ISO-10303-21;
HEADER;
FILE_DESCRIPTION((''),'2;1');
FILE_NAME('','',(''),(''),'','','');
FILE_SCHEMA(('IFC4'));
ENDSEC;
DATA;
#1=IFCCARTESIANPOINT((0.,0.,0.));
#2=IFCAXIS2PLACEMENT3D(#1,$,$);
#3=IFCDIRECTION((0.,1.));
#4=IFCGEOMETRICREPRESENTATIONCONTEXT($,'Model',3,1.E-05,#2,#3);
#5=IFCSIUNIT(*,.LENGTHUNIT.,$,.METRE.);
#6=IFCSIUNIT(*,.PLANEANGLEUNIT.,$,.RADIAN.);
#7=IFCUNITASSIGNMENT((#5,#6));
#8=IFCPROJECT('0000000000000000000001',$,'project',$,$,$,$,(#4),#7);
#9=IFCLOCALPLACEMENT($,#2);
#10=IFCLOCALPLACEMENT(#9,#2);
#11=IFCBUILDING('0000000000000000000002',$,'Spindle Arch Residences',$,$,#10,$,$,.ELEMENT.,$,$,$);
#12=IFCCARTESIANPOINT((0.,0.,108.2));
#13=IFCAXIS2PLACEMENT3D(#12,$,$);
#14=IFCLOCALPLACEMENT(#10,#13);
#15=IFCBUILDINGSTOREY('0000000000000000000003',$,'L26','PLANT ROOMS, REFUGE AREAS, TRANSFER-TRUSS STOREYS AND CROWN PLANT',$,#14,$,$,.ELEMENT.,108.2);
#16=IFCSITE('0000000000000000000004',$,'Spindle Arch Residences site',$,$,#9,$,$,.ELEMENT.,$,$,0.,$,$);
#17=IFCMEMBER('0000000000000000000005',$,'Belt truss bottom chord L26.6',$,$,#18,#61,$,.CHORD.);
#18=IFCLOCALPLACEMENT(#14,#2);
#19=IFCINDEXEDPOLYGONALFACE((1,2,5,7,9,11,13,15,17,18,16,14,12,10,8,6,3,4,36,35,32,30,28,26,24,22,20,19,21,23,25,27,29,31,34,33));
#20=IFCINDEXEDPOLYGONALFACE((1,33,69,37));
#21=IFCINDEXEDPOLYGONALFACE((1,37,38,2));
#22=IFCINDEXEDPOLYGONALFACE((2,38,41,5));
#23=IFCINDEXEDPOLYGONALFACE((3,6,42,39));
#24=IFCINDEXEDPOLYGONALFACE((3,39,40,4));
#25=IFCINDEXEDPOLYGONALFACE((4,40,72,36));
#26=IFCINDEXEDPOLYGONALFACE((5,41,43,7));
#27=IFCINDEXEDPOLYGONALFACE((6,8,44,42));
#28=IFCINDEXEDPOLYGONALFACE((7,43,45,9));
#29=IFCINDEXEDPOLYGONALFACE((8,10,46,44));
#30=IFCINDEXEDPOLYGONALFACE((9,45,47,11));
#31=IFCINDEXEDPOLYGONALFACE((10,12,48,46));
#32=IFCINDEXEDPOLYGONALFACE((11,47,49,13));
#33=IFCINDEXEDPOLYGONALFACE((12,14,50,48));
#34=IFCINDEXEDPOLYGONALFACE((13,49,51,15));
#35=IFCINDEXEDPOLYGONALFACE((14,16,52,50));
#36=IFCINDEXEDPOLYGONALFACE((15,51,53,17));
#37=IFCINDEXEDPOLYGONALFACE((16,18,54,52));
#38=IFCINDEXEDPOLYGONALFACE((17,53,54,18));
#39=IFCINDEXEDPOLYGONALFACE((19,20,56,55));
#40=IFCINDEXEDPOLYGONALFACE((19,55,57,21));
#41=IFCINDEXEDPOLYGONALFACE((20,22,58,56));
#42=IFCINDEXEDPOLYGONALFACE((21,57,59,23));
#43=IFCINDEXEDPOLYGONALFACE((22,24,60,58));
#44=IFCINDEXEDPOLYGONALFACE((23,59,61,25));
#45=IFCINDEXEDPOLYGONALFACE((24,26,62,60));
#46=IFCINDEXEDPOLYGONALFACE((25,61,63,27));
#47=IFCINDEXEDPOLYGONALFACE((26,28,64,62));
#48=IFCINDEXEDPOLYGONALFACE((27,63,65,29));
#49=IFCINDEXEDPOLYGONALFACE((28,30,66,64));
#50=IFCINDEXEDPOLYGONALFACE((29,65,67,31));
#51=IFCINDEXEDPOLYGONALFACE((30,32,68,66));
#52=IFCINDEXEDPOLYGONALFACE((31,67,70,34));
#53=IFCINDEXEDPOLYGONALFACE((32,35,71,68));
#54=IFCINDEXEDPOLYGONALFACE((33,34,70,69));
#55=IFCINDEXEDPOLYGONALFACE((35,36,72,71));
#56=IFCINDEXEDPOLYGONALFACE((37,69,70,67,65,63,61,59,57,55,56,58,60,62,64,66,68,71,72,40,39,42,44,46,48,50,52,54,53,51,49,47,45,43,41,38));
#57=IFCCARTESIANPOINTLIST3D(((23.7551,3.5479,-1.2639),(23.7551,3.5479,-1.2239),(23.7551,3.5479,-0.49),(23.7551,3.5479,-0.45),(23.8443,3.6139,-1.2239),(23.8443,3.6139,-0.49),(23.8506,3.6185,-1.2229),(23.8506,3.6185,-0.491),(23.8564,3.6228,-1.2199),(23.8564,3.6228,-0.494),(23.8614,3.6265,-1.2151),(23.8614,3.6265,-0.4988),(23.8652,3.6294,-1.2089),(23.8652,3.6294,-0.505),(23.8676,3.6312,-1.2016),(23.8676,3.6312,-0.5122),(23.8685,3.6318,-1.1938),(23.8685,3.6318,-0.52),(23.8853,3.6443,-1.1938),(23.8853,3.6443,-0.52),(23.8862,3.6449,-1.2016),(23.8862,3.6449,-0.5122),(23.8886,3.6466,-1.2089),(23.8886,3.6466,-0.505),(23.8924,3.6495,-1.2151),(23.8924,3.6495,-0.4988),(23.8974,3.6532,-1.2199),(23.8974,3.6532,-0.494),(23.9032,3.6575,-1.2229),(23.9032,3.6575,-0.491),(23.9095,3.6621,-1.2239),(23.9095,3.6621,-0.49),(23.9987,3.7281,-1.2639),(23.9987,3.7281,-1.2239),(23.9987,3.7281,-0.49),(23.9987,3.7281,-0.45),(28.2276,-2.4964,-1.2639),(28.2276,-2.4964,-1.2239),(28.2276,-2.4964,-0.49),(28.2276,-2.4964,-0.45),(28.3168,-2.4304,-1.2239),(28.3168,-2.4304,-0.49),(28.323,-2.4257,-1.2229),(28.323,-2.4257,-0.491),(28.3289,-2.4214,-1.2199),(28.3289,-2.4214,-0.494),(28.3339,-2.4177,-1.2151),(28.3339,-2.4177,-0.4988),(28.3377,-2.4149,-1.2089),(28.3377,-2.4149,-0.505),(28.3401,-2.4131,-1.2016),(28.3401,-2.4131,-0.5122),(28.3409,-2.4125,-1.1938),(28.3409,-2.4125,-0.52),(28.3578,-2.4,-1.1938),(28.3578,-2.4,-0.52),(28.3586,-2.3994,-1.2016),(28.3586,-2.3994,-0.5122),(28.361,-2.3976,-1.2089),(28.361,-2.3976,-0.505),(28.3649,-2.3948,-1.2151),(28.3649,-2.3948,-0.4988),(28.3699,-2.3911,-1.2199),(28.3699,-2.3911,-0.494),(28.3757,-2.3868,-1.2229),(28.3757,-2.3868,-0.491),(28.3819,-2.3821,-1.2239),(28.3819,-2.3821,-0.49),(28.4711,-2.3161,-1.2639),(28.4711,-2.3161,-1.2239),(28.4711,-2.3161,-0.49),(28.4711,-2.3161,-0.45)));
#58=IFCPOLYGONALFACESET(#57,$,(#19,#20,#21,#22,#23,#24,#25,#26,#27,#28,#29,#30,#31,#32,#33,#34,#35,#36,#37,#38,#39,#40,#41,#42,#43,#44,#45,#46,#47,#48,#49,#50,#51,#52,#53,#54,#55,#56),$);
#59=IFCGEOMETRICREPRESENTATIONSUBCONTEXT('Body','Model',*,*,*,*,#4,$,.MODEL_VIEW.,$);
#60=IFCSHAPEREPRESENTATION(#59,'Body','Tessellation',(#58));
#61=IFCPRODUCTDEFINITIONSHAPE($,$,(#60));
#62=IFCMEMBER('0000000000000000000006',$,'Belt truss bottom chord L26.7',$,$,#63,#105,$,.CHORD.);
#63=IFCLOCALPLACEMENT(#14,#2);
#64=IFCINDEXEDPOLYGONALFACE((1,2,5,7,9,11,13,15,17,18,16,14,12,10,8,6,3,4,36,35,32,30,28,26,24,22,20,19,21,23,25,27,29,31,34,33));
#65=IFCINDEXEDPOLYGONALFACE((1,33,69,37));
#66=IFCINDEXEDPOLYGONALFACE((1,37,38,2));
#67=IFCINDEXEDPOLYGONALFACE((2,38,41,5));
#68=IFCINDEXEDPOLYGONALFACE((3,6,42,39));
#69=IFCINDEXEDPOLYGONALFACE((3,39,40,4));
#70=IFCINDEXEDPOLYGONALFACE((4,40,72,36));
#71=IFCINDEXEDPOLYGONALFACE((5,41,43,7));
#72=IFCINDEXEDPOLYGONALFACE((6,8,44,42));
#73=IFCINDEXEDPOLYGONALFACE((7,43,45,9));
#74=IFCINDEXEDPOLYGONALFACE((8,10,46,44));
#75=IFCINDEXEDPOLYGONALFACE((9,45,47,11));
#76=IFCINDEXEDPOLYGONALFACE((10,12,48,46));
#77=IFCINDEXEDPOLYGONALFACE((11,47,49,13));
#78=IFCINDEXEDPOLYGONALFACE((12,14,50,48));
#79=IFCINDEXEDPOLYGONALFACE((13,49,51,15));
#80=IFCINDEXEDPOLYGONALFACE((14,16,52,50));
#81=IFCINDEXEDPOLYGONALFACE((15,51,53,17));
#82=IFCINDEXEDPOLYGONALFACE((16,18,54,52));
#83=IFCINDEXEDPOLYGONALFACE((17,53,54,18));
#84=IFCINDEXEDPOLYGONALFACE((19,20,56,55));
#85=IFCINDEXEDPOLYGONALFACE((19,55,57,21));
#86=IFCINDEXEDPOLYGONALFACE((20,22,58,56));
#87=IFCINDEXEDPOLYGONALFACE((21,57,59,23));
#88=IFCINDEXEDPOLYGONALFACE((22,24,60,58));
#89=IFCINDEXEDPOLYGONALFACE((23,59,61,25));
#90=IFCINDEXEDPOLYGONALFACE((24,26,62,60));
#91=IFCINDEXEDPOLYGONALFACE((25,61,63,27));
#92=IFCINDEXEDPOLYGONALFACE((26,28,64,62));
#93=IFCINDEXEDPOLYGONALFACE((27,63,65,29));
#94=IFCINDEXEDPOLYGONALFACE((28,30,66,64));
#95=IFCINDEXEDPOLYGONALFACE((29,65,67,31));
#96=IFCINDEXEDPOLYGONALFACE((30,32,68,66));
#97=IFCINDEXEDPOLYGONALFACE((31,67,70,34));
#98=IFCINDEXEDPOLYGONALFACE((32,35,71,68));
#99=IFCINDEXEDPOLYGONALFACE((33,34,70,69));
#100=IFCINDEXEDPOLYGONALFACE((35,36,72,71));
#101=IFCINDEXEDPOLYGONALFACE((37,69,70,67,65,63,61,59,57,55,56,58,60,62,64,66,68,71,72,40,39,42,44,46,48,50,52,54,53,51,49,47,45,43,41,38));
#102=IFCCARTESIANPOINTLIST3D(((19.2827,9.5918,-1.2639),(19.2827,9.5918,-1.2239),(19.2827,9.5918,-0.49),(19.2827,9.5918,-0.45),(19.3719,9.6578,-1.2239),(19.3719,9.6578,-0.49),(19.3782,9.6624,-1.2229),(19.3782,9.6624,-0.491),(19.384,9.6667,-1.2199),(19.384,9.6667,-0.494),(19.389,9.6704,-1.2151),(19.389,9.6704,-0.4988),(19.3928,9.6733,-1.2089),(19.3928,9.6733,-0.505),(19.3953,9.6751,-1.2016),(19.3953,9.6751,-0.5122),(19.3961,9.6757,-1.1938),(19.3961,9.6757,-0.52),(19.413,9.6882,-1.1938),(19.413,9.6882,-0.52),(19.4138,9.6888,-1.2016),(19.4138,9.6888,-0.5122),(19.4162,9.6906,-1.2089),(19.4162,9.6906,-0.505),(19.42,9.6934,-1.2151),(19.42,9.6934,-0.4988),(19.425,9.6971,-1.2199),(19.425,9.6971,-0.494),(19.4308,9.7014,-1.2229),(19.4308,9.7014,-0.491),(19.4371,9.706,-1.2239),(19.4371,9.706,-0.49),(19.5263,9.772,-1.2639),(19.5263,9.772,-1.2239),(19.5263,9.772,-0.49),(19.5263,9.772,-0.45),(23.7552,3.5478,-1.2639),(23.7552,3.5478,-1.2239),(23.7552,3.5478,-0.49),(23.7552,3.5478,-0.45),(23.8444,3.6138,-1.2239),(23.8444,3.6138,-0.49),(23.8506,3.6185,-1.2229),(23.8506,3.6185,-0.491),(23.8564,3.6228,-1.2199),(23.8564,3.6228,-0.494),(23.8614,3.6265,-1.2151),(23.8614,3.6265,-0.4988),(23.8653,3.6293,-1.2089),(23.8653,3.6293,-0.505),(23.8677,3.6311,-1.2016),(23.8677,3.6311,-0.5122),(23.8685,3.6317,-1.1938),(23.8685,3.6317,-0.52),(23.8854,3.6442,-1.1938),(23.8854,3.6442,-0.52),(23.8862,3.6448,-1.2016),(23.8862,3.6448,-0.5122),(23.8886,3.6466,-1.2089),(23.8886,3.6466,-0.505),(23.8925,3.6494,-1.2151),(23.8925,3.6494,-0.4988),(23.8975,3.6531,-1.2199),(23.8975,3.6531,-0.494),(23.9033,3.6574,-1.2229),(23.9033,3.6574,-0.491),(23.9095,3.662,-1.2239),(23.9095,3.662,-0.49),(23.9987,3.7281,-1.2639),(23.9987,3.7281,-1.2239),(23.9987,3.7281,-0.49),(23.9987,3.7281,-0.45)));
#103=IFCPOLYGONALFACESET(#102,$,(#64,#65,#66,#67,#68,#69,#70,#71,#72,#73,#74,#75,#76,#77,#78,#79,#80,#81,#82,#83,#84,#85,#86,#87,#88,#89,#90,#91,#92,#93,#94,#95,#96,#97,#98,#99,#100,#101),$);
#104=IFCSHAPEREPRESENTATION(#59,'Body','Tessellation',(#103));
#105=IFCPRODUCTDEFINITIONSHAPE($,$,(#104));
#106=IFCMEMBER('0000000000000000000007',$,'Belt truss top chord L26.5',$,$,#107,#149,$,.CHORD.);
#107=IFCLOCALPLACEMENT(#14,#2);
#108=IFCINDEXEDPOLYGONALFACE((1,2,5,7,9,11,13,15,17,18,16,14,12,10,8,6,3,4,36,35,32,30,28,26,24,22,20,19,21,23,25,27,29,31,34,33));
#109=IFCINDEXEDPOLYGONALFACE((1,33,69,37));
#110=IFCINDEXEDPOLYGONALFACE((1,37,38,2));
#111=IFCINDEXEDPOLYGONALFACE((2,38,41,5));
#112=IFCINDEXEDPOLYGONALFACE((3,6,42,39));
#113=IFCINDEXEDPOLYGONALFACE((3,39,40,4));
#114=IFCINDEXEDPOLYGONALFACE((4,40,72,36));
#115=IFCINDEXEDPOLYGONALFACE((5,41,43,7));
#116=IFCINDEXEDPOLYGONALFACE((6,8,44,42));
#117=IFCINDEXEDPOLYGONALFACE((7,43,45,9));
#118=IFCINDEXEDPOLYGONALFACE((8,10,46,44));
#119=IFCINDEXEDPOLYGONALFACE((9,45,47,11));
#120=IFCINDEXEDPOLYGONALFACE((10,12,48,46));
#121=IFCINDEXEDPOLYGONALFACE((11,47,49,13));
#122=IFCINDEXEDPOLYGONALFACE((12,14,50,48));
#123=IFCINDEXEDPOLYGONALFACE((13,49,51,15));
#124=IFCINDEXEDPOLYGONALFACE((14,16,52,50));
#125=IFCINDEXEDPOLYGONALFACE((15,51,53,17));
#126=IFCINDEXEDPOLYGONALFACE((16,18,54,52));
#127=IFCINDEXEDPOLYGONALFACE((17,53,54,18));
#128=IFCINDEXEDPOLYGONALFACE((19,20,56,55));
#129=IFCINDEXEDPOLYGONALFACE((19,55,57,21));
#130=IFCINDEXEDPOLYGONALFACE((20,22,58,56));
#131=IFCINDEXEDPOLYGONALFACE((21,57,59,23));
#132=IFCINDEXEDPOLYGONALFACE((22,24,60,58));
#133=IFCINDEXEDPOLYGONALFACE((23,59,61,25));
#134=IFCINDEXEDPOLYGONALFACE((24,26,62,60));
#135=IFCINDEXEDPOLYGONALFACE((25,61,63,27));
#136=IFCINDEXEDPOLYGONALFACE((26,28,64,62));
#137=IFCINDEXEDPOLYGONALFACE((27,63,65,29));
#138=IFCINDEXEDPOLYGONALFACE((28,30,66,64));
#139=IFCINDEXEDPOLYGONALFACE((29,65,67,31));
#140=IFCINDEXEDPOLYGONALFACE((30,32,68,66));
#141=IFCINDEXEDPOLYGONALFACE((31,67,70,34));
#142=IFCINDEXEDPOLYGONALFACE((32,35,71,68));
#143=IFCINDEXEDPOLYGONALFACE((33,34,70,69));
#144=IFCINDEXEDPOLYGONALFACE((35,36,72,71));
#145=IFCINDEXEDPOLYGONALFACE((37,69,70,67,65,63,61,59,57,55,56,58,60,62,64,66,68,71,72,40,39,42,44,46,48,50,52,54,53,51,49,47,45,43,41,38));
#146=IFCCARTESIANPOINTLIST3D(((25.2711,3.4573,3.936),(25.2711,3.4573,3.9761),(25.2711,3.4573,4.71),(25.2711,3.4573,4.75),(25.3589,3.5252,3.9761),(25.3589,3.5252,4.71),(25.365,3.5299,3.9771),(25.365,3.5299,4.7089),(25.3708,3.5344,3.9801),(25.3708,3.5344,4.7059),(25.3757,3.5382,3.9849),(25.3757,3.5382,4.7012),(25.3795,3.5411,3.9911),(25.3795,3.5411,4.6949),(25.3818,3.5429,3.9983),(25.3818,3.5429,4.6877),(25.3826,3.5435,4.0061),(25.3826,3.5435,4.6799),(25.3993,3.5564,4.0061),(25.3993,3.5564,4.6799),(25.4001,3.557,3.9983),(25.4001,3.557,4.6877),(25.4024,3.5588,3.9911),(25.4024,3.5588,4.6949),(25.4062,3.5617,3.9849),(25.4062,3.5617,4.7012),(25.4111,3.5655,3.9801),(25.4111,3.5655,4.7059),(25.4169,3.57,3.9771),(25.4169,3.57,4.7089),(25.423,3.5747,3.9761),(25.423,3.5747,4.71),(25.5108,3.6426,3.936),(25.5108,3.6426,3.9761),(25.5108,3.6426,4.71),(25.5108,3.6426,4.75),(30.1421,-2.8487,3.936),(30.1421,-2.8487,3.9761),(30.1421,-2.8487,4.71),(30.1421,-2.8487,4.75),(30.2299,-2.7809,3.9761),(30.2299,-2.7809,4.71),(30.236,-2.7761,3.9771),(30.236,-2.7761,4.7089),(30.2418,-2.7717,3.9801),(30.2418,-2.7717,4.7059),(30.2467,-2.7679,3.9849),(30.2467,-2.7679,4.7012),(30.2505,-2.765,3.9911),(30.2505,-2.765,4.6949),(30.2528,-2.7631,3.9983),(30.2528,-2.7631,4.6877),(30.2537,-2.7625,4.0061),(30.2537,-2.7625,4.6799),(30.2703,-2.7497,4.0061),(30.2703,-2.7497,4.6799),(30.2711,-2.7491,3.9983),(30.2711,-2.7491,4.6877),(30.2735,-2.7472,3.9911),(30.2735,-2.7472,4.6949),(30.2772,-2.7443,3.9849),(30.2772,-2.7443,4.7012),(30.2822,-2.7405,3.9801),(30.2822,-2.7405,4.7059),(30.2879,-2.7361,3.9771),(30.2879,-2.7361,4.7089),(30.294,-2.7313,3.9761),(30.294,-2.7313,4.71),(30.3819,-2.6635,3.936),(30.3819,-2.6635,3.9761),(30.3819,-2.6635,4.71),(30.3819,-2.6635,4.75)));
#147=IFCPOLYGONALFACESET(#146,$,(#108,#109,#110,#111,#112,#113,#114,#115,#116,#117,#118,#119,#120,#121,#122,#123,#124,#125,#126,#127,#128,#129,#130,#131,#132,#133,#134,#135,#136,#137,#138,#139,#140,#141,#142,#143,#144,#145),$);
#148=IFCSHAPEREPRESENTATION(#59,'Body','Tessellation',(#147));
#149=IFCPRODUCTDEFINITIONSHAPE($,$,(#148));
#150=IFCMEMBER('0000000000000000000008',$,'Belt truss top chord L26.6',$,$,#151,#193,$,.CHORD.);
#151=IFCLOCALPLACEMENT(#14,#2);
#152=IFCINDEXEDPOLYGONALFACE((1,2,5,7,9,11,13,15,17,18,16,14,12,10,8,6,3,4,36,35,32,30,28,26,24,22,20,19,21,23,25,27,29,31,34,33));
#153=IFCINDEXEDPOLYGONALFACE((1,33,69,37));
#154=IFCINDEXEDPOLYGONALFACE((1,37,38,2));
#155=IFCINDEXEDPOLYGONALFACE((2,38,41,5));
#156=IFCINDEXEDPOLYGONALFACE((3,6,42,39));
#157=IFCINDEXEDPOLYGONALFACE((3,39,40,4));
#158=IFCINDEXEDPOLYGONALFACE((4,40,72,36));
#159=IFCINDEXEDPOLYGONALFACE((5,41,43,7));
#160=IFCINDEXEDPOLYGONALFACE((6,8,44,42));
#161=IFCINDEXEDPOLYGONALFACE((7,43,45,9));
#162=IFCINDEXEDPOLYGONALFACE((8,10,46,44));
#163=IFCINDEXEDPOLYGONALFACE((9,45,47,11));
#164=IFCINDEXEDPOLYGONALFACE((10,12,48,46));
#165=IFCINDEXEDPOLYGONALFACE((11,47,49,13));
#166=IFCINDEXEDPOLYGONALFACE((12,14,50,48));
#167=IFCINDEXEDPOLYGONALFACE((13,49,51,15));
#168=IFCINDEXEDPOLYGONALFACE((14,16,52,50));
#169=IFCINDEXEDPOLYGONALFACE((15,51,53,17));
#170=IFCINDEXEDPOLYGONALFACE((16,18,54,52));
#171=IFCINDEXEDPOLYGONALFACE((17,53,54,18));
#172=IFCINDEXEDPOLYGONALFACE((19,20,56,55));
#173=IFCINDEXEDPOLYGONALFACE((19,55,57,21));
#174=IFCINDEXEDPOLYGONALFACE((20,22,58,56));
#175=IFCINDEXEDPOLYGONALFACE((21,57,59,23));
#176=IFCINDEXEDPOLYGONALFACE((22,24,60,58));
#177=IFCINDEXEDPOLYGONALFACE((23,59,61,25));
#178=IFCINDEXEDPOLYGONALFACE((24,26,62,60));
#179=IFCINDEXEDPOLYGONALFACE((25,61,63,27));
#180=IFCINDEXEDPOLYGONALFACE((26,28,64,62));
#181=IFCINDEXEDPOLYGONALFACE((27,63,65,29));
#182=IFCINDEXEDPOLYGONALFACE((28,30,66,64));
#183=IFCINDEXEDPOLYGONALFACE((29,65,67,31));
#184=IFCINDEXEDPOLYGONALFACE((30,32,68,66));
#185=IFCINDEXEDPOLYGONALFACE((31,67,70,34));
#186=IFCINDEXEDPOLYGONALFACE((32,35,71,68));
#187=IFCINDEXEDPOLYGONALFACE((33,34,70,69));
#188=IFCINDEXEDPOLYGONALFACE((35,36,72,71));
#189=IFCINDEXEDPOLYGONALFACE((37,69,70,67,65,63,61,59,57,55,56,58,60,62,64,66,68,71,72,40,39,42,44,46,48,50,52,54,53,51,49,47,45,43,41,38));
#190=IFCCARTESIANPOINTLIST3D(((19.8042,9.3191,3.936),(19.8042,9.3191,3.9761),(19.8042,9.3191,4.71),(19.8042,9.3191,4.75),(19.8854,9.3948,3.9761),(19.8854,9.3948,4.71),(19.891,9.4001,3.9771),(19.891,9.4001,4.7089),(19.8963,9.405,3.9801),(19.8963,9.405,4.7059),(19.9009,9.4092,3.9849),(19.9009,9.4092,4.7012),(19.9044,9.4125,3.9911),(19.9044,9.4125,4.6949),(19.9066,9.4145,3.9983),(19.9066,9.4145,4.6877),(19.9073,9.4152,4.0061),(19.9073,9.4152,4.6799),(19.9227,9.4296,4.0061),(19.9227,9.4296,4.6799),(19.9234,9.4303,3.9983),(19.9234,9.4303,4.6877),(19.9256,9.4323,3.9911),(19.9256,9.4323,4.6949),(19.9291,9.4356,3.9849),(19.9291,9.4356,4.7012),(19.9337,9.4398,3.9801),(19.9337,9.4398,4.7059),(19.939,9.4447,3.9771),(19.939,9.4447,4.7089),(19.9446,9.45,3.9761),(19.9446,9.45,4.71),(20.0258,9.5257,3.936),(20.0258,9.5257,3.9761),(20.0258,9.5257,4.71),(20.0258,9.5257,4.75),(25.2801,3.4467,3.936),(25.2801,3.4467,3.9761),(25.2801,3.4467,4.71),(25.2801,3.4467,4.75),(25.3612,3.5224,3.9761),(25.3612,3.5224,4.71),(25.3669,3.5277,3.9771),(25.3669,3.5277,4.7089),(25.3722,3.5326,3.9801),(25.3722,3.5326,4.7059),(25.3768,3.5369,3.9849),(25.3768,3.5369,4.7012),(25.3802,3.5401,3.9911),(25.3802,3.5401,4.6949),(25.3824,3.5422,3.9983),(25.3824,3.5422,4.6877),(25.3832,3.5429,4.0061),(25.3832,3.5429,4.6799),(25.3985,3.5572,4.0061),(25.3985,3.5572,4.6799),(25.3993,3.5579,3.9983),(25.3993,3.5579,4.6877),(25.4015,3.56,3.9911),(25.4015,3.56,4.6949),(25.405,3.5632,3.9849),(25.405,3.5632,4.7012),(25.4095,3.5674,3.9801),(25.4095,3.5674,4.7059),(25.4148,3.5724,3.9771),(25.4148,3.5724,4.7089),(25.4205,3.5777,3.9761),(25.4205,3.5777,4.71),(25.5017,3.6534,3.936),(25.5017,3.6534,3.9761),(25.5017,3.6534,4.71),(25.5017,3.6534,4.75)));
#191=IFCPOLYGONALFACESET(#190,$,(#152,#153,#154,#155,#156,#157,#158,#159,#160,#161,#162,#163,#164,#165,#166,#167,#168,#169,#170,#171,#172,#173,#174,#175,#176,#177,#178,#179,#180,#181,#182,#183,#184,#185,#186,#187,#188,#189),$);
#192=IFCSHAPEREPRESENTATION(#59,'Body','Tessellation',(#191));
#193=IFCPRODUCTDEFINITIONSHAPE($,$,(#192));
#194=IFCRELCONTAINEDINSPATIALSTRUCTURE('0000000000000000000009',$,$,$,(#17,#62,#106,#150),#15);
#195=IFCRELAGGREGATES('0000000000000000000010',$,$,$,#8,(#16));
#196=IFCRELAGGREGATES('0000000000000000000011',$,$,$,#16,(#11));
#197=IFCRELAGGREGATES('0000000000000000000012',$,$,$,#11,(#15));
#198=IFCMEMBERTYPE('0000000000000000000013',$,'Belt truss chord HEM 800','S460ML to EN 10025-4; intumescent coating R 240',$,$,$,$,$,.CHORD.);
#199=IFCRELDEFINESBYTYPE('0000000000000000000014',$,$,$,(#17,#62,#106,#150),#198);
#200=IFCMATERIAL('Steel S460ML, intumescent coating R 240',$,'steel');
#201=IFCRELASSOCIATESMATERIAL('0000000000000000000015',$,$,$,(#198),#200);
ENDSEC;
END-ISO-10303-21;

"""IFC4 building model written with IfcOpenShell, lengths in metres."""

from ifc_helpers import new_model, si_unit, direction, frame, origin, origin_2d, place, context, subcontext, project, spatial, i_section, extrude, material, material_profile, profile_set, type_object, element, save


model = new_model("IFC4")

# Units and contexts
model_context = context("Model", 3, precision=1e-05, world=origin(), true_north=direction((0.0, 1.0)))
body_context = subcontext(model_context, "Body", "Model", "MODEL_VIEW")
ifc_project = project(units=[si_unit("LENGTHUNIT", "METRE"), si_unit("PLANEANGLEUNIT", "RADIAN")], contexts=[model_context])

# Site, building, storey
site_placement = place(None, origin())
site = spatial("IfcSite", under=ifc_project, at=site_placement, Name="Spindle Arch Residences site", CompositionType="ELEMENT", RefElevation=0.0)
building_placement = place(site_placement, origin())
building = spatial("IfcBuilding", under=site, at=building_placement, Name="Spindle Arch Residences", CompositionType="ELEMENT")
storey_placement = place(building_placement, frame((0.0, 0.0, 108.2)))
storey = spatial("IfcBuildingStorey", under=building, at=storey_placement, Name="L26", Description="PLANT ROOMS, REFUGE AREAS, TRANSFER-TRUSS STOREYS AND CROWN PLANT", CompositionType="ELEMENT", Elevation=108.2)

# Members
ifc_material_1 = material(Name="Steel S460ML, intumescent coating R 240", Category="steel")
ifc_material_profile_1 = material_profile(ifc_material_1, i_section(OverallWidth=0.303, OverallDepth=0.814, WebThickness=0.021, FlangeThickness=0.04, FilletRadius=0.03, at=origin_2d()), Name="HEM 800")
ifc_profile_set_1 = profile_set([ifc_material_profile_1], Name="Steel S460ML, intumescent coating R 240")
member_type_1 = type_object("IfcMemberType", Name="Belt truss chord HEM 800", Description="S460ML to EN 10025-4; intumescent coating R 240", PredefinedType="CHORD", material=ifc_profile_set_1)
member_1_placement = place(storey_placement, frame((28.3494, -2.4062, -0.8569), z_axis=(-0.594818, 0.80386, 0.0), x_axis=(-0.80386, -0.594818, 0.0)))
element("IfcMember", 1, at=member_1_placement, inside=storey, type_object=member_type_1, Name="Belt truss bottom chord L26.6", PredefinedType="CHORD", context=body_context, shape_type="SweptSolid", body=[
    extrude(i_section(OverallWidth=0.303, OverallDepth=0.814, WebThickness=0.021, FlangeThickness=0.04, FilletRadius=0.03, at=origin_2d()), origin(), (0.0, 0.0, 1.0), 7.519),
])
member_2_placement = place(storey_placement, frame((23.877, 3.6379, -0.8569), z_axis=(-0.594834, 0.803849, 0.0), x_axis=(-0.803849, -0.594834, 0.0)))
element("IfcMember", 2, at=member_2_placement, inside=storey, type_object=member_type_1, Name="Belt truss bottom chord L26.7", PredefinedType="CHORD", context=body_context, shape_type="SweptSolid", body=[
    extrude(i_section(OverallWidth=0.303, OverallDepth=0.814, WebThickness=0.021, FlangeThickness=0.04, FilletRadius=0.03, at=origin_2d()), origin(), (0.0, 0.0, 1.0), 7.5188),
])
member_3_placement = place(storey_placement, frame((30.262, -2.7561, 4.343), z_axis=(-0.611303, 0.791397, 0.0), x_axis=(-0.791397, -0.611303, 0.0)))
element("IfcMember", 3, at=member_3_placement, inside=storey, type_object=member_type_1, Name="Belt truss top chord L26.5", PredefinedType="CHORD", context=body_context, shape_type="SweptSolid", body=[
    extrude(i_section(OverallWidth=0.303, OverallDepth=0.814, WebThickness=0.021, FlangeThickness=0.04, FilletRadius=0.03, at=origin_2d()), origin(), (0.0, 0.0, 1.0), 7.9683),
])
member_4_placement = place(storey_placement, frame((25.3909, 3.55, 4.343), z_axis=(-0.681986, 0.731366, 0.0), x_axis=(-0.731366, -0.681986, 0.0)))
element("IfcMember", 4, at=member_4_placement, inside=storey, type_object=member_type_1, Name="Belt truss top chord L26.6", PredefinedType="CHORD", context=body_context, shape_type="SweptSolid", body=[
    extrude(i_section(OverallWidth=0.303, OverallDepth=0.814, WebThickness=0.021, FlangeThickness=0.04, FilletRadius=0.03, at=origin_2d()), origin(), (0.0, 0.0, 1.0), 8.0293),
])

save(model, "model.ifc")
